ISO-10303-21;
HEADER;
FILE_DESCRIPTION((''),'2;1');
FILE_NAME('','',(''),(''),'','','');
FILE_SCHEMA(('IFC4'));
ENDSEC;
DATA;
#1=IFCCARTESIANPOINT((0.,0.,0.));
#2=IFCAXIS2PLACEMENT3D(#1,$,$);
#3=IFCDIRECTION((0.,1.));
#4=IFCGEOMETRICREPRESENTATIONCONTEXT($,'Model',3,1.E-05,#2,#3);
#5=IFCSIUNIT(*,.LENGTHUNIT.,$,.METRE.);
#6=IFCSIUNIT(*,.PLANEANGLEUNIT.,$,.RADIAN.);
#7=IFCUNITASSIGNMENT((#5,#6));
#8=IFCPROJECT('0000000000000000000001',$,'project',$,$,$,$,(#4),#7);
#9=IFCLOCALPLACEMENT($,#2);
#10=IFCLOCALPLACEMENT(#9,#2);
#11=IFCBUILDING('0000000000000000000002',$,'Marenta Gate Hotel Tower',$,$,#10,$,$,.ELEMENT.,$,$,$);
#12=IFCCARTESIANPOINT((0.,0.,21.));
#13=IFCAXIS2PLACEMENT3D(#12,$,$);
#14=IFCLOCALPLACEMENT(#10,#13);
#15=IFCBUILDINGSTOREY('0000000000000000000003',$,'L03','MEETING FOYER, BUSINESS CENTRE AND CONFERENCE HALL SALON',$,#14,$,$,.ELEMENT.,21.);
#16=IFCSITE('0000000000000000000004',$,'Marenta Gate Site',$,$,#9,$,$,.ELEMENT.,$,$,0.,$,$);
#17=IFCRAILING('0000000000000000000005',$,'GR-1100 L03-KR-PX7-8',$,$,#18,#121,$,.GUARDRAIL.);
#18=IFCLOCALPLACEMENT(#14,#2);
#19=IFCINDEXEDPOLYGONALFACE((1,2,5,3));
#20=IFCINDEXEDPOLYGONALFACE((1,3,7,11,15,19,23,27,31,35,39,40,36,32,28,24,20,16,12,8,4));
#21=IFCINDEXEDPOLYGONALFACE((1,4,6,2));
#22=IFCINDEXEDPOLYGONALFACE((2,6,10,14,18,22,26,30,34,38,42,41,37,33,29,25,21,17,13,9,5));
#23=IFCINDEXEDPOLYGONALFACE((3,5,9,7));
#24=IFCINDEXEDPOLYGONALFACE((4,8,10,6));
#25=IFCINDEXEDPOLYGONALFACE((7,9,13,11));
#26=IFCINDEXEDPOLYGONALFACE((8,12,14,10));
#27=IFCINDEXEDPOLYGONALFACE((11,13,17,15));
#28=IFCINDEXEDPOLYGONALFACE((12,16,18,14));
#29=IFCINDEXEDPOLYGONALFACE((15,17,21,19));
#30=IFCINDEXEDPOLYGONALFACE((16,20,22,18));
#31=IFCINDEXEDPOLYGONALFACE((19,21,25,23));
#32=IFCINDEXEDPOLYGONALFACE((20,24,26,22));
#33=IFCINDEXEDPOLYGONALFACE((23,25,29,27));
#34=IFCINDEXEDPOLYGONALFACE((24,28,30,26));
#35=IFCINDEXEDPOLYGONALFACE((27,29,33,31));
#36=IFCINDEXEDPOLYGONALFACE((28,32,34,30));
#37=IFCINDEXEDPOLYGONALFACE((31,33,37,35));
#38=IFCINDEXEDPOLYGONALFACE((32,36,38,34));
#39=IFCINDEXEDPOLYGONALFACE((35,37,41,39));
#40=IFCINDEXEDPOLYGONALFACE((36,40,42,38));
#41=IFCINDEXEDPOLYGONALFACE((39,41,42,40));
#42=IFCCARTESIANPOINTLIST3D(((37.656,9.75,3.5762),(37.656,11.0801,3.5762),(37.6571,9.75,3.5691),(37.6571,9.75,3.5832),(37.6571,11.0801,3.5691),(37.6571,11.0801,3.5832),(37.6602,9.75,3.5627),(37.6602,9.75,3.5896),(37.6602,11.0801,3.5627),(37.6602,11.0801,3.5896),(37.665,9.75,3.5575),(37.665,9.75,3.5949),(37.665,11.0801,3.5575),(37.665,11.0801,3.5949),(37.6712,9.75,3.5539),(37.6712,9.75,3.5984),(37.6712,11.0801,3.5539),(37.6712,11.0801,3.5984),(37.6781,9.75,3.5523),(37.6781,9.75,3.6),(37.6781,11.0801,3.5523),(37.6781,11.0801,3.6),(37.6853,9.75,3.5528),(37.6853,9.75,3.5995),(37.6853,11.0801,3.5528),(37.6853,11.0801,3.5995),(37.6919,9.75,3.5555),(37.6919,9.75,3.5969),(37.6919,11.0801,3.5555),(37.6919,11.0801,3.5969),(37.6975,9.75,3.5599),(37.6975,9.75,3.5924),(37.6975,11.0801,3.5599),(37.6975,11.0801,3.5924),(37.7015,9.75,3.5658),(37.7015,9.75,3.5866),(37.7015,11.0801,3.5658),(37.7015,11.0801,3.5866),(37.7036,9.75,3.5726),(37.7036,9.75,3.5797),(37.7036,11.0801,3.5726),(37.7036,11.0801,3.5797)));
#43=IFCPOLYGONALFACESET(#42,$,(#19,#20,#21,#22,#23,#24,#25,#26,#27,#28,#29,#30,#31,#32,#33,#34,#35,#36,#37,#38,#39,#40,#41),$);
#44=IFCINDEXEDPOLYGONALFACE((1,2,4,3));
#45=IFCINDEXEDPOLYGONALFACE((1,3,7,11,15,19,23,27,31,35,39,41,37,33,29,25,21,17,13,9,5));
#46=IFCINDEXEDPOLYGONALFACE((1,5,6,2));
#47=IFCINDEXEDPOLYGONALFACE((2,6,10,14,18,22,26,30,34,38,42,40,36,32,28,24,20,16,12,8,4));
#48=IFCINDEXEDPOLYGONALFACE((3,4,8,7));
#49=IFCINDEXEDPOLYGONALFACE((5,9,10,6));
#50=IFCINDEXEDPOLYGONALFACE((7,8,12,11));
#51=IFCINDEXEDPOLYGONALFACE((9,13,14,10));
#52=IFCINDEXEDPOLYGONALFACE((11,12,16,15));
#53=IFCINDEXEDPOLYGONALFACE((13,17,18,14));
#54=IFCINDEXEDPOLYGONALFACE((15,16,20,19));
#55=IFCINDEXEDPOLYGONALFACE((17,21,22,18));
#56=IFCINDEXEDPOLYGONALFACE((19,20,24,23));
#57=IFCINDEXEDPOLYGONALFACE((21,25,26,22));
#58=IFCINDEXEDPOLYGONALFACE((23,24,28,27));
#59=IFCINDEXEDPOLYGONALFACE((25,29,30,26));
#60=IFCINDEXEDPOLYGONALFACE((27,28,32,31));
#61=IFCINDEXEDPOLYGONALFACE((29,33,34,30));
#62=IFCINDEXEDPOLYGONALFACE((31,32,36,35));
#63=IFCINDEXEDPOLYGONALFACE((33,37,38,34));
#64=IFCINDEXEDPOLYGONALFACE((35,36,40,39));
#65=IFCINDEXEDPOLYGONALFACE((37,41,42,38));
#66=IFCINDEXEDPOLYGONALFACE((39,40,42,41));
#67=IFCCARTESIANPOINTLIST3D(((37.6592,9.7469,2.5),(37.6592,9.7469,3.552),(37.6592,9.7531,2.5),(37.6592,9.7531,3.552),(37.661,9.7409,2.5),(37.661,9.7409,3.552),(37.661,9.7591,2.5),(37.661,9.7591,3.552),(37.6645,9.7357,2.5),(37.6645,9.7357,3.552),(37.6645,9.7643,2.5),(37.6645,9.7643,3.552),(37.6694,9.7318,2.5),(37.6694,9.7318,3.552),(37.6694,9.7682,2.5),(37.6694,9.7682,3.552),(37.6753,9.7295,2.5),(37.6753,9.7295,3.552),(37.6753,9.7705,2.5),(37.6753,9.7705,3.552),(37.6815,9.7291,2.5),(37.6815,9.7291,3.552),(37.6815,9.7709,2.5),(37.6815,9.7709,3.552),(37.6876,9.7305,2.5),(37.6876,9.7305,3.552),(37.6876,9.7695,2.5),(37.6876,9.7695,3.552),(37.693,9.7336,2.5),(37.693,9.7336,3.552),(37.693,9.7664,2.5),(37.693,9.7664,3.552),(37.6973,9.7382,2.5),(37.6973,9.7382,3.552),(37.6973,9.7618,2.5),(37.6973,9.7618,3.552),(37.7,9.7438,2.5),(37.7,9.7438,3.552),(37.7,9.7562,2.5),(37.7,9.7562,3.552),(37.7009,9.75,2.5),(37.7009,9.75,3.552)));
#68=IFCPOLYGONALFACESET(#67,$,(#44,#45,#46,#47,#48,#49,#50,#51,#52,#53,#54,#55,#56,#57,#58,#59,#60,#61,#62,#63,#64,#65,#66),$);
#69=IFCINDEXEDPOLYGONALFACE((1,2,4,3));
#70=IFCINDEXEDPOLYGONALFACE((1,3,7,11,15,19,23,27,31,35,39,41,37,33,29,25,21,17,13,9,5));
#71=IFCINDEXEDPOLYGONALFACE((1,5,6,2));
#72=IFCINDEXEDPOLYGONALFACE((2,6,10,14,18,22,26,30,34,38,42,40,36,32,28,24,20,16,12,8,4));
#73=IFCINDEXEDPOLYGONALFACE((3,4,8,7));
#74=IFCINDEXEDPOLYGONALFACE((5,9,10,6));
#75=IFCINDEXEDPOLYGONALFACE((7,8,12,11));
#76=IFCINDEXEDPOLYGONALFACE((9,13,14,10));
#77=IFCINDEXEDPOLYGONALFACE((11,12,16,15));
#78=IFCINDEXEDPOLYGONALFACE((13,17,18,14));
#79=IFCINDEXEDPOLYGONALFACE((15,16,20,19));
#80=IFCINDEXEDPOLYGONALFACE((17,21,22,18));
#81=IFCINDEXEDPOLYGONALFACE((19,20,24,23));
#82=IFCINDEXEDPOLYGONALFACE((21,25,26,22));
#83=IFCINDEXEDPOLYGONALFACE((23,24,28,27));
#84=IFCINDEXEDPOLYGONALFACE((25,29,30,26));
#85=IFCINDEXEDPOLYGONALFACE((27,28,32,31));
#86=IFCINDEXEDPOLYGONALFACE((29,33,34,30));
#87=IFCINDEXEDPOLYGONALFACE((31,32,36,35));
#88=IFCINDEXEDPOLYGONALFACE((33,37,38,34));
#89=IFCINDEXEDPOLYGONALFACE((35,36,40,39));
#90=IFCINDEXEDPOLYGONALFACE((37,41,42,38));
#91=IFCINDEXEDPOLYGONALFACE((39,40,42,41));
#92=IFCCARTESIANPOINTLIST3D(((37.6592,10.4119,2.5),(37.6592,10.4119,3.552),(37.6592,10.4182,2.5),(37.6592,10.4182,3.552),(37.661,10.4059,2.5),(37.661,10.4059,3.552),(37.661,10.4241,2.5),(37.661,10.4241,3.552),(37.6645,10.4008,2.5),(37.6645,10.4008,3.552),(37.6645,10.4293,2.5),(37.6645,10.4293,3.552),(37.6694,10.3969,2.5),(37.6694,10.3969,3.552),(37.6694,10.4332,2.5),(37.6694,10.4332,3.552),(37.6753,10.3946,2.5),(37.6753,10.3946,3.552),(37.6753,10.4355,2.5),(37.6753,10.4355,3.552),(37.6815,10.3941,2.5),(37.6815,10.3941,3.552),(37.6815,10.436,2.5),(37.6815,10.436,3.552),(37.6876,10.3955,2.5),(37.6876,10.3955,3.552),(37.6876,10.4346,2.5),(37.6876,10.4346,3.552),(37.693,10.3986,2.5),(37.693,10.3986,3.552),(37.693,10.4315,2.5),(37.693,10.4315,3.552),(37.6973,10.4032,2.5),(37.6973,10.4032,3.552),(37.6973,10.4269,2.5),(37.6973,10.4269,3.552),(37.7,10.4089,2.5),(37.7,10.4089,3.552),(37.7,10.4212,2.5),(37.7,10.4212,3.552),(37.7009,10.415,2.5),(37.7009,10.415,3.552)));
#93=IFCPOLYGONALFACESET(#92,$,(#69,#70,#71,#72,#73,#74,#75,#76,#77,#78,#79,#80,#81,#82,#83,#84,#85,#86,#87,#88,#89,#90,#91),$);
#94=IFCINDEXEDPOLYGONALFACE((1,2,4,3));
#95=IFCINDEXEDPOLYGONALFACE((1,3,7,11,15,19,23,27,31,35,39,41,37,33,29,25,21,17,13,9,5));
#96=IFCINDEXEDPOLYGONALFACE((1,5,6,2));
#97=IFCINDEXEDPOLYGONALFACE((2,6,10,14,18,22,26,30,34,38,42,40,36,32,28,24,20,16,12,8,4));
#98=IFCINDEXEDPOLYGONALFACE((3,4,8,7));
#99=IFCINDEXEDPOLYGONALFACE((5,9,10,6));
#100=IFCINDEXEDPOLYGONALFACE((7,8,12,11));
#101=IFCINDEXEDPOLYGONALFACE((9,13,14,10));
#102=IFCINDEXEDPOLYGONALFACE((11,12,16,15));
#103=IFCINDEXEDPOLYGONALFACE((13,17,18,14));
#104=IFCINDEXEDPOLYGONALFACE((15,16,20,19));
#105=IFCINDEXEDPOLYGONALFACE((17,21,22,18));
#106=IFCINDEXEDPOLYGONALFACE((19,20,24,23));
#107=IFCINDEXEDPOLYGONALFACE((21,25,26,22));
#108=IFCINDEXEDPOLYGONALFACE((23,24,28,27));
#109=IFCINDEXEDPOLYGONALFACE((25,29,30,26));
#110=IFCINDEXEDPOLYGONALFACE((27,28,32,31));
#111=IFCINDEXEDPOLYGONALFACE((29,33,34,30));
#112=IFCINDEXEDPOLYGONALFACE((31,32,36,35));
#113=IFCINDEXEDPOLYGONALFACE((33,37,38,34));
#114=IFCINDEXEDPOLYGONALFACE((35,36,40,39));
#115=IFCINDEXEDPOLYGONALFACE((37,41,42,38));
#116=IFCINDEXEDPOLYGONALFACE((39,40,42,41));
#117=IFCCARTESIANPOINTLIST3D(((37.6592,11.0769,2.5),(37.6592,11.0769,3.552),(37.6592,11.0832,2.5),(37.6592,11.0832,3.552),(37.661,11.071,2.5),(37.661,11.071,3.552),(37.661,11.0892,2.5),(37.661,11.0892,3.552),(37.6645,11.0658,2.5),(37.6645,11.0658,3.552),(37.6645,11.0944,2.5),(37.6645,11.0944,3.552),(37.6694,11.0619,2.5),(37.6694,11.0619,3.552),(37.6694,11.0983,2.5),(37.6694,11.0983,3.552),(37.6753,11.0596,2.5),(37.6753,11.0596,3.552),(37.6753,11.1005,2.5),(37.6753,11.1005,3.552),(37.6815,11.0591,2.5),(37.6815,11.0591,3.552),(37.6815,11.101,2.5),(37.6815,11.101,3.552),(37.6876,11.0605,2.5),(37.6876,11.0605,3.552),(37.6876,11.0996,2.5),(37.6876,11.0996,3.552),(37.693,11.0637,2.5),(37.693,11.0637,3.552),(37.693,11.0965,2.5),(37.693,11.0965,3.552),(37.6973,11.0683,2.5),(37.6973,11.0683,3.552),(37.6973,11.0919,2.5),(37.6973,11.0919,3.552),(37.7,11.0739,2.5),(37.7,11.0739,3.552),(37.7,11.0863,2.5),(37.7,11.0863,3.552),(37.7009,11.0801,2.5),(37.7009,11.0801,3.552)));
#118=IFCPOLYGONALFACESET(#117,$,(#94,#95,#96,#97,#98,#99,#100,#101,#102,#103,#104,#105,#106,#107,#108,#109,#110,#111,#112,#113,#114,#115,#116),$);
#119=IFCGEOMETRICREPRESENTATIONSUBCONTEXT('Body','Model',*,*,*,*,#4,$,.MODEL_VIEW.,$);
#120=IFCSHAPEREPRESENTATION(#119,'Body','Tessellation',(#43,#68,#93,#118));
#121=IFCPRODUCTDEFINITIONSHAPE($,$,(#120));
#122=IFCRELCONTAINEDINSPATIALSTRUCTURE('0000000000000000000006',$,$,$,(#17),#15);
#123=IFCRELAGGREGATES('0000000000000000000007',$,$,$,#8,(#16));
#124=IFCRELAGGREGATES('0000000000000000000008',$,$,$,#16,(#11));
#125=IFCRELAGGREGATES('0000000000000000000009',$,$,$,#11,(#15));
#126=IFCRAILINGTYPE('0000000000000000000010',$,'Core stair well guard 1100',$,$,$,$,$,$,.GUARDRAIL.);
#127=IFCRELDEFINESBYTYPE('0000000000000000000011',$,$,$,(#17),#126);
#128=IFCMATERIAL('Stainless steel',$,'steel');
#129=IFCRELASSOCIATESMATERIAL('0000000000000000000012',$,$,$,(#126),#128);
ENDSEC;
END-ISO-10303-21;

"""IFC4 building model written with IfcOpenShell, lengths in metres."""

from ifc_helpers import new_model, si_unit, direction, frame, origin, origin_2d, place, context, subcontext, project, spatial, circle, extrude, material, type_object, element, save


model = new_model("IFC4")

# Units and contexts
model_context = context("Model", 3, precision=1e-05, world=origin(), true_north=direction((0.0, 1.0)))
body_context = subcontext(model_context, "Body", "Model", "MODEL_VIEW")
ifc_project = project(units=[si_unit("LENGTHUNIT", "METRE"), si_unit("PLANEANGLEUNIT", "RADIAN")], contexts=[model_context])

# Site, building, storey
site_placement = place(None, origin())
site = spatial("IfcSite", under=ifc_project, at=site_placement, Name="Marenta Gate Site", CompositionType="ELEMENT", RefElevation=0.0)
building_placement = place(site_placement, origin())
building = spatial("IfcBuilding", under=site, at=building_placement, Name="Marenta Gate Hotel Tower", CompositionType="ELEMENT")
storey_placement = place(building_placement, frame((0.0, 0.0, 21.0)))
storey = spatial("IfcBuildingStorey", under=building, at=storey_placement, Name="L03", Description="MEETING FOYER, BUSINESS CENTRE AND CONFERENCE HALL SALON", CompositionType="ELEMENT", Elevation=21.0)

# Railing
ifc_material_1 = material(Name="Stainless steel", Category="steel")
railing_type_1 = type_object("IfcRailingType", Name="Core stair well guard 1100", PredefinedType="GUARDRAIL", material=ifc_material_1)
railing_1_placement = place(storey_placement, frame((37.6799, 9.75, 2.5)))
element("IfcRailing", 1, at=railing_1_placement, inside=storey, type_object=railing_type_1, Name="GR-1100 L03-KR-PX7-8", PredefinedType="GUARDRAIL", context=body_context, shape_type="SweptSolid", body=[
    extrude(circle(Radius=0.0239, at=origin_2d()), frame((0.0, 0.0, 1.0762), z_axis=(0.0, 1.0, 0.0), x_axis=(-1.0, 0.0, 0.0)), (0.0, 0.0, 1.0), 1.3301),
    extrude(circle(Radius=0.021, at=origin_2d()), origin(), (0.0, 0.0, 1.0), 1.052),
    extrude(circle(Radius=0.021, at=origin_2d()), frame((0.0, 0.665, 0.0)), (0.0, 0.0, 1.0), 1.052),
    extrude(circle(Radius=0.021, at=origin_2d()), frame((0.0, 1.3301, 0.0)), (0.0, 0.0, 1.0), 1.052),
])

save(model, "model.ifc")
